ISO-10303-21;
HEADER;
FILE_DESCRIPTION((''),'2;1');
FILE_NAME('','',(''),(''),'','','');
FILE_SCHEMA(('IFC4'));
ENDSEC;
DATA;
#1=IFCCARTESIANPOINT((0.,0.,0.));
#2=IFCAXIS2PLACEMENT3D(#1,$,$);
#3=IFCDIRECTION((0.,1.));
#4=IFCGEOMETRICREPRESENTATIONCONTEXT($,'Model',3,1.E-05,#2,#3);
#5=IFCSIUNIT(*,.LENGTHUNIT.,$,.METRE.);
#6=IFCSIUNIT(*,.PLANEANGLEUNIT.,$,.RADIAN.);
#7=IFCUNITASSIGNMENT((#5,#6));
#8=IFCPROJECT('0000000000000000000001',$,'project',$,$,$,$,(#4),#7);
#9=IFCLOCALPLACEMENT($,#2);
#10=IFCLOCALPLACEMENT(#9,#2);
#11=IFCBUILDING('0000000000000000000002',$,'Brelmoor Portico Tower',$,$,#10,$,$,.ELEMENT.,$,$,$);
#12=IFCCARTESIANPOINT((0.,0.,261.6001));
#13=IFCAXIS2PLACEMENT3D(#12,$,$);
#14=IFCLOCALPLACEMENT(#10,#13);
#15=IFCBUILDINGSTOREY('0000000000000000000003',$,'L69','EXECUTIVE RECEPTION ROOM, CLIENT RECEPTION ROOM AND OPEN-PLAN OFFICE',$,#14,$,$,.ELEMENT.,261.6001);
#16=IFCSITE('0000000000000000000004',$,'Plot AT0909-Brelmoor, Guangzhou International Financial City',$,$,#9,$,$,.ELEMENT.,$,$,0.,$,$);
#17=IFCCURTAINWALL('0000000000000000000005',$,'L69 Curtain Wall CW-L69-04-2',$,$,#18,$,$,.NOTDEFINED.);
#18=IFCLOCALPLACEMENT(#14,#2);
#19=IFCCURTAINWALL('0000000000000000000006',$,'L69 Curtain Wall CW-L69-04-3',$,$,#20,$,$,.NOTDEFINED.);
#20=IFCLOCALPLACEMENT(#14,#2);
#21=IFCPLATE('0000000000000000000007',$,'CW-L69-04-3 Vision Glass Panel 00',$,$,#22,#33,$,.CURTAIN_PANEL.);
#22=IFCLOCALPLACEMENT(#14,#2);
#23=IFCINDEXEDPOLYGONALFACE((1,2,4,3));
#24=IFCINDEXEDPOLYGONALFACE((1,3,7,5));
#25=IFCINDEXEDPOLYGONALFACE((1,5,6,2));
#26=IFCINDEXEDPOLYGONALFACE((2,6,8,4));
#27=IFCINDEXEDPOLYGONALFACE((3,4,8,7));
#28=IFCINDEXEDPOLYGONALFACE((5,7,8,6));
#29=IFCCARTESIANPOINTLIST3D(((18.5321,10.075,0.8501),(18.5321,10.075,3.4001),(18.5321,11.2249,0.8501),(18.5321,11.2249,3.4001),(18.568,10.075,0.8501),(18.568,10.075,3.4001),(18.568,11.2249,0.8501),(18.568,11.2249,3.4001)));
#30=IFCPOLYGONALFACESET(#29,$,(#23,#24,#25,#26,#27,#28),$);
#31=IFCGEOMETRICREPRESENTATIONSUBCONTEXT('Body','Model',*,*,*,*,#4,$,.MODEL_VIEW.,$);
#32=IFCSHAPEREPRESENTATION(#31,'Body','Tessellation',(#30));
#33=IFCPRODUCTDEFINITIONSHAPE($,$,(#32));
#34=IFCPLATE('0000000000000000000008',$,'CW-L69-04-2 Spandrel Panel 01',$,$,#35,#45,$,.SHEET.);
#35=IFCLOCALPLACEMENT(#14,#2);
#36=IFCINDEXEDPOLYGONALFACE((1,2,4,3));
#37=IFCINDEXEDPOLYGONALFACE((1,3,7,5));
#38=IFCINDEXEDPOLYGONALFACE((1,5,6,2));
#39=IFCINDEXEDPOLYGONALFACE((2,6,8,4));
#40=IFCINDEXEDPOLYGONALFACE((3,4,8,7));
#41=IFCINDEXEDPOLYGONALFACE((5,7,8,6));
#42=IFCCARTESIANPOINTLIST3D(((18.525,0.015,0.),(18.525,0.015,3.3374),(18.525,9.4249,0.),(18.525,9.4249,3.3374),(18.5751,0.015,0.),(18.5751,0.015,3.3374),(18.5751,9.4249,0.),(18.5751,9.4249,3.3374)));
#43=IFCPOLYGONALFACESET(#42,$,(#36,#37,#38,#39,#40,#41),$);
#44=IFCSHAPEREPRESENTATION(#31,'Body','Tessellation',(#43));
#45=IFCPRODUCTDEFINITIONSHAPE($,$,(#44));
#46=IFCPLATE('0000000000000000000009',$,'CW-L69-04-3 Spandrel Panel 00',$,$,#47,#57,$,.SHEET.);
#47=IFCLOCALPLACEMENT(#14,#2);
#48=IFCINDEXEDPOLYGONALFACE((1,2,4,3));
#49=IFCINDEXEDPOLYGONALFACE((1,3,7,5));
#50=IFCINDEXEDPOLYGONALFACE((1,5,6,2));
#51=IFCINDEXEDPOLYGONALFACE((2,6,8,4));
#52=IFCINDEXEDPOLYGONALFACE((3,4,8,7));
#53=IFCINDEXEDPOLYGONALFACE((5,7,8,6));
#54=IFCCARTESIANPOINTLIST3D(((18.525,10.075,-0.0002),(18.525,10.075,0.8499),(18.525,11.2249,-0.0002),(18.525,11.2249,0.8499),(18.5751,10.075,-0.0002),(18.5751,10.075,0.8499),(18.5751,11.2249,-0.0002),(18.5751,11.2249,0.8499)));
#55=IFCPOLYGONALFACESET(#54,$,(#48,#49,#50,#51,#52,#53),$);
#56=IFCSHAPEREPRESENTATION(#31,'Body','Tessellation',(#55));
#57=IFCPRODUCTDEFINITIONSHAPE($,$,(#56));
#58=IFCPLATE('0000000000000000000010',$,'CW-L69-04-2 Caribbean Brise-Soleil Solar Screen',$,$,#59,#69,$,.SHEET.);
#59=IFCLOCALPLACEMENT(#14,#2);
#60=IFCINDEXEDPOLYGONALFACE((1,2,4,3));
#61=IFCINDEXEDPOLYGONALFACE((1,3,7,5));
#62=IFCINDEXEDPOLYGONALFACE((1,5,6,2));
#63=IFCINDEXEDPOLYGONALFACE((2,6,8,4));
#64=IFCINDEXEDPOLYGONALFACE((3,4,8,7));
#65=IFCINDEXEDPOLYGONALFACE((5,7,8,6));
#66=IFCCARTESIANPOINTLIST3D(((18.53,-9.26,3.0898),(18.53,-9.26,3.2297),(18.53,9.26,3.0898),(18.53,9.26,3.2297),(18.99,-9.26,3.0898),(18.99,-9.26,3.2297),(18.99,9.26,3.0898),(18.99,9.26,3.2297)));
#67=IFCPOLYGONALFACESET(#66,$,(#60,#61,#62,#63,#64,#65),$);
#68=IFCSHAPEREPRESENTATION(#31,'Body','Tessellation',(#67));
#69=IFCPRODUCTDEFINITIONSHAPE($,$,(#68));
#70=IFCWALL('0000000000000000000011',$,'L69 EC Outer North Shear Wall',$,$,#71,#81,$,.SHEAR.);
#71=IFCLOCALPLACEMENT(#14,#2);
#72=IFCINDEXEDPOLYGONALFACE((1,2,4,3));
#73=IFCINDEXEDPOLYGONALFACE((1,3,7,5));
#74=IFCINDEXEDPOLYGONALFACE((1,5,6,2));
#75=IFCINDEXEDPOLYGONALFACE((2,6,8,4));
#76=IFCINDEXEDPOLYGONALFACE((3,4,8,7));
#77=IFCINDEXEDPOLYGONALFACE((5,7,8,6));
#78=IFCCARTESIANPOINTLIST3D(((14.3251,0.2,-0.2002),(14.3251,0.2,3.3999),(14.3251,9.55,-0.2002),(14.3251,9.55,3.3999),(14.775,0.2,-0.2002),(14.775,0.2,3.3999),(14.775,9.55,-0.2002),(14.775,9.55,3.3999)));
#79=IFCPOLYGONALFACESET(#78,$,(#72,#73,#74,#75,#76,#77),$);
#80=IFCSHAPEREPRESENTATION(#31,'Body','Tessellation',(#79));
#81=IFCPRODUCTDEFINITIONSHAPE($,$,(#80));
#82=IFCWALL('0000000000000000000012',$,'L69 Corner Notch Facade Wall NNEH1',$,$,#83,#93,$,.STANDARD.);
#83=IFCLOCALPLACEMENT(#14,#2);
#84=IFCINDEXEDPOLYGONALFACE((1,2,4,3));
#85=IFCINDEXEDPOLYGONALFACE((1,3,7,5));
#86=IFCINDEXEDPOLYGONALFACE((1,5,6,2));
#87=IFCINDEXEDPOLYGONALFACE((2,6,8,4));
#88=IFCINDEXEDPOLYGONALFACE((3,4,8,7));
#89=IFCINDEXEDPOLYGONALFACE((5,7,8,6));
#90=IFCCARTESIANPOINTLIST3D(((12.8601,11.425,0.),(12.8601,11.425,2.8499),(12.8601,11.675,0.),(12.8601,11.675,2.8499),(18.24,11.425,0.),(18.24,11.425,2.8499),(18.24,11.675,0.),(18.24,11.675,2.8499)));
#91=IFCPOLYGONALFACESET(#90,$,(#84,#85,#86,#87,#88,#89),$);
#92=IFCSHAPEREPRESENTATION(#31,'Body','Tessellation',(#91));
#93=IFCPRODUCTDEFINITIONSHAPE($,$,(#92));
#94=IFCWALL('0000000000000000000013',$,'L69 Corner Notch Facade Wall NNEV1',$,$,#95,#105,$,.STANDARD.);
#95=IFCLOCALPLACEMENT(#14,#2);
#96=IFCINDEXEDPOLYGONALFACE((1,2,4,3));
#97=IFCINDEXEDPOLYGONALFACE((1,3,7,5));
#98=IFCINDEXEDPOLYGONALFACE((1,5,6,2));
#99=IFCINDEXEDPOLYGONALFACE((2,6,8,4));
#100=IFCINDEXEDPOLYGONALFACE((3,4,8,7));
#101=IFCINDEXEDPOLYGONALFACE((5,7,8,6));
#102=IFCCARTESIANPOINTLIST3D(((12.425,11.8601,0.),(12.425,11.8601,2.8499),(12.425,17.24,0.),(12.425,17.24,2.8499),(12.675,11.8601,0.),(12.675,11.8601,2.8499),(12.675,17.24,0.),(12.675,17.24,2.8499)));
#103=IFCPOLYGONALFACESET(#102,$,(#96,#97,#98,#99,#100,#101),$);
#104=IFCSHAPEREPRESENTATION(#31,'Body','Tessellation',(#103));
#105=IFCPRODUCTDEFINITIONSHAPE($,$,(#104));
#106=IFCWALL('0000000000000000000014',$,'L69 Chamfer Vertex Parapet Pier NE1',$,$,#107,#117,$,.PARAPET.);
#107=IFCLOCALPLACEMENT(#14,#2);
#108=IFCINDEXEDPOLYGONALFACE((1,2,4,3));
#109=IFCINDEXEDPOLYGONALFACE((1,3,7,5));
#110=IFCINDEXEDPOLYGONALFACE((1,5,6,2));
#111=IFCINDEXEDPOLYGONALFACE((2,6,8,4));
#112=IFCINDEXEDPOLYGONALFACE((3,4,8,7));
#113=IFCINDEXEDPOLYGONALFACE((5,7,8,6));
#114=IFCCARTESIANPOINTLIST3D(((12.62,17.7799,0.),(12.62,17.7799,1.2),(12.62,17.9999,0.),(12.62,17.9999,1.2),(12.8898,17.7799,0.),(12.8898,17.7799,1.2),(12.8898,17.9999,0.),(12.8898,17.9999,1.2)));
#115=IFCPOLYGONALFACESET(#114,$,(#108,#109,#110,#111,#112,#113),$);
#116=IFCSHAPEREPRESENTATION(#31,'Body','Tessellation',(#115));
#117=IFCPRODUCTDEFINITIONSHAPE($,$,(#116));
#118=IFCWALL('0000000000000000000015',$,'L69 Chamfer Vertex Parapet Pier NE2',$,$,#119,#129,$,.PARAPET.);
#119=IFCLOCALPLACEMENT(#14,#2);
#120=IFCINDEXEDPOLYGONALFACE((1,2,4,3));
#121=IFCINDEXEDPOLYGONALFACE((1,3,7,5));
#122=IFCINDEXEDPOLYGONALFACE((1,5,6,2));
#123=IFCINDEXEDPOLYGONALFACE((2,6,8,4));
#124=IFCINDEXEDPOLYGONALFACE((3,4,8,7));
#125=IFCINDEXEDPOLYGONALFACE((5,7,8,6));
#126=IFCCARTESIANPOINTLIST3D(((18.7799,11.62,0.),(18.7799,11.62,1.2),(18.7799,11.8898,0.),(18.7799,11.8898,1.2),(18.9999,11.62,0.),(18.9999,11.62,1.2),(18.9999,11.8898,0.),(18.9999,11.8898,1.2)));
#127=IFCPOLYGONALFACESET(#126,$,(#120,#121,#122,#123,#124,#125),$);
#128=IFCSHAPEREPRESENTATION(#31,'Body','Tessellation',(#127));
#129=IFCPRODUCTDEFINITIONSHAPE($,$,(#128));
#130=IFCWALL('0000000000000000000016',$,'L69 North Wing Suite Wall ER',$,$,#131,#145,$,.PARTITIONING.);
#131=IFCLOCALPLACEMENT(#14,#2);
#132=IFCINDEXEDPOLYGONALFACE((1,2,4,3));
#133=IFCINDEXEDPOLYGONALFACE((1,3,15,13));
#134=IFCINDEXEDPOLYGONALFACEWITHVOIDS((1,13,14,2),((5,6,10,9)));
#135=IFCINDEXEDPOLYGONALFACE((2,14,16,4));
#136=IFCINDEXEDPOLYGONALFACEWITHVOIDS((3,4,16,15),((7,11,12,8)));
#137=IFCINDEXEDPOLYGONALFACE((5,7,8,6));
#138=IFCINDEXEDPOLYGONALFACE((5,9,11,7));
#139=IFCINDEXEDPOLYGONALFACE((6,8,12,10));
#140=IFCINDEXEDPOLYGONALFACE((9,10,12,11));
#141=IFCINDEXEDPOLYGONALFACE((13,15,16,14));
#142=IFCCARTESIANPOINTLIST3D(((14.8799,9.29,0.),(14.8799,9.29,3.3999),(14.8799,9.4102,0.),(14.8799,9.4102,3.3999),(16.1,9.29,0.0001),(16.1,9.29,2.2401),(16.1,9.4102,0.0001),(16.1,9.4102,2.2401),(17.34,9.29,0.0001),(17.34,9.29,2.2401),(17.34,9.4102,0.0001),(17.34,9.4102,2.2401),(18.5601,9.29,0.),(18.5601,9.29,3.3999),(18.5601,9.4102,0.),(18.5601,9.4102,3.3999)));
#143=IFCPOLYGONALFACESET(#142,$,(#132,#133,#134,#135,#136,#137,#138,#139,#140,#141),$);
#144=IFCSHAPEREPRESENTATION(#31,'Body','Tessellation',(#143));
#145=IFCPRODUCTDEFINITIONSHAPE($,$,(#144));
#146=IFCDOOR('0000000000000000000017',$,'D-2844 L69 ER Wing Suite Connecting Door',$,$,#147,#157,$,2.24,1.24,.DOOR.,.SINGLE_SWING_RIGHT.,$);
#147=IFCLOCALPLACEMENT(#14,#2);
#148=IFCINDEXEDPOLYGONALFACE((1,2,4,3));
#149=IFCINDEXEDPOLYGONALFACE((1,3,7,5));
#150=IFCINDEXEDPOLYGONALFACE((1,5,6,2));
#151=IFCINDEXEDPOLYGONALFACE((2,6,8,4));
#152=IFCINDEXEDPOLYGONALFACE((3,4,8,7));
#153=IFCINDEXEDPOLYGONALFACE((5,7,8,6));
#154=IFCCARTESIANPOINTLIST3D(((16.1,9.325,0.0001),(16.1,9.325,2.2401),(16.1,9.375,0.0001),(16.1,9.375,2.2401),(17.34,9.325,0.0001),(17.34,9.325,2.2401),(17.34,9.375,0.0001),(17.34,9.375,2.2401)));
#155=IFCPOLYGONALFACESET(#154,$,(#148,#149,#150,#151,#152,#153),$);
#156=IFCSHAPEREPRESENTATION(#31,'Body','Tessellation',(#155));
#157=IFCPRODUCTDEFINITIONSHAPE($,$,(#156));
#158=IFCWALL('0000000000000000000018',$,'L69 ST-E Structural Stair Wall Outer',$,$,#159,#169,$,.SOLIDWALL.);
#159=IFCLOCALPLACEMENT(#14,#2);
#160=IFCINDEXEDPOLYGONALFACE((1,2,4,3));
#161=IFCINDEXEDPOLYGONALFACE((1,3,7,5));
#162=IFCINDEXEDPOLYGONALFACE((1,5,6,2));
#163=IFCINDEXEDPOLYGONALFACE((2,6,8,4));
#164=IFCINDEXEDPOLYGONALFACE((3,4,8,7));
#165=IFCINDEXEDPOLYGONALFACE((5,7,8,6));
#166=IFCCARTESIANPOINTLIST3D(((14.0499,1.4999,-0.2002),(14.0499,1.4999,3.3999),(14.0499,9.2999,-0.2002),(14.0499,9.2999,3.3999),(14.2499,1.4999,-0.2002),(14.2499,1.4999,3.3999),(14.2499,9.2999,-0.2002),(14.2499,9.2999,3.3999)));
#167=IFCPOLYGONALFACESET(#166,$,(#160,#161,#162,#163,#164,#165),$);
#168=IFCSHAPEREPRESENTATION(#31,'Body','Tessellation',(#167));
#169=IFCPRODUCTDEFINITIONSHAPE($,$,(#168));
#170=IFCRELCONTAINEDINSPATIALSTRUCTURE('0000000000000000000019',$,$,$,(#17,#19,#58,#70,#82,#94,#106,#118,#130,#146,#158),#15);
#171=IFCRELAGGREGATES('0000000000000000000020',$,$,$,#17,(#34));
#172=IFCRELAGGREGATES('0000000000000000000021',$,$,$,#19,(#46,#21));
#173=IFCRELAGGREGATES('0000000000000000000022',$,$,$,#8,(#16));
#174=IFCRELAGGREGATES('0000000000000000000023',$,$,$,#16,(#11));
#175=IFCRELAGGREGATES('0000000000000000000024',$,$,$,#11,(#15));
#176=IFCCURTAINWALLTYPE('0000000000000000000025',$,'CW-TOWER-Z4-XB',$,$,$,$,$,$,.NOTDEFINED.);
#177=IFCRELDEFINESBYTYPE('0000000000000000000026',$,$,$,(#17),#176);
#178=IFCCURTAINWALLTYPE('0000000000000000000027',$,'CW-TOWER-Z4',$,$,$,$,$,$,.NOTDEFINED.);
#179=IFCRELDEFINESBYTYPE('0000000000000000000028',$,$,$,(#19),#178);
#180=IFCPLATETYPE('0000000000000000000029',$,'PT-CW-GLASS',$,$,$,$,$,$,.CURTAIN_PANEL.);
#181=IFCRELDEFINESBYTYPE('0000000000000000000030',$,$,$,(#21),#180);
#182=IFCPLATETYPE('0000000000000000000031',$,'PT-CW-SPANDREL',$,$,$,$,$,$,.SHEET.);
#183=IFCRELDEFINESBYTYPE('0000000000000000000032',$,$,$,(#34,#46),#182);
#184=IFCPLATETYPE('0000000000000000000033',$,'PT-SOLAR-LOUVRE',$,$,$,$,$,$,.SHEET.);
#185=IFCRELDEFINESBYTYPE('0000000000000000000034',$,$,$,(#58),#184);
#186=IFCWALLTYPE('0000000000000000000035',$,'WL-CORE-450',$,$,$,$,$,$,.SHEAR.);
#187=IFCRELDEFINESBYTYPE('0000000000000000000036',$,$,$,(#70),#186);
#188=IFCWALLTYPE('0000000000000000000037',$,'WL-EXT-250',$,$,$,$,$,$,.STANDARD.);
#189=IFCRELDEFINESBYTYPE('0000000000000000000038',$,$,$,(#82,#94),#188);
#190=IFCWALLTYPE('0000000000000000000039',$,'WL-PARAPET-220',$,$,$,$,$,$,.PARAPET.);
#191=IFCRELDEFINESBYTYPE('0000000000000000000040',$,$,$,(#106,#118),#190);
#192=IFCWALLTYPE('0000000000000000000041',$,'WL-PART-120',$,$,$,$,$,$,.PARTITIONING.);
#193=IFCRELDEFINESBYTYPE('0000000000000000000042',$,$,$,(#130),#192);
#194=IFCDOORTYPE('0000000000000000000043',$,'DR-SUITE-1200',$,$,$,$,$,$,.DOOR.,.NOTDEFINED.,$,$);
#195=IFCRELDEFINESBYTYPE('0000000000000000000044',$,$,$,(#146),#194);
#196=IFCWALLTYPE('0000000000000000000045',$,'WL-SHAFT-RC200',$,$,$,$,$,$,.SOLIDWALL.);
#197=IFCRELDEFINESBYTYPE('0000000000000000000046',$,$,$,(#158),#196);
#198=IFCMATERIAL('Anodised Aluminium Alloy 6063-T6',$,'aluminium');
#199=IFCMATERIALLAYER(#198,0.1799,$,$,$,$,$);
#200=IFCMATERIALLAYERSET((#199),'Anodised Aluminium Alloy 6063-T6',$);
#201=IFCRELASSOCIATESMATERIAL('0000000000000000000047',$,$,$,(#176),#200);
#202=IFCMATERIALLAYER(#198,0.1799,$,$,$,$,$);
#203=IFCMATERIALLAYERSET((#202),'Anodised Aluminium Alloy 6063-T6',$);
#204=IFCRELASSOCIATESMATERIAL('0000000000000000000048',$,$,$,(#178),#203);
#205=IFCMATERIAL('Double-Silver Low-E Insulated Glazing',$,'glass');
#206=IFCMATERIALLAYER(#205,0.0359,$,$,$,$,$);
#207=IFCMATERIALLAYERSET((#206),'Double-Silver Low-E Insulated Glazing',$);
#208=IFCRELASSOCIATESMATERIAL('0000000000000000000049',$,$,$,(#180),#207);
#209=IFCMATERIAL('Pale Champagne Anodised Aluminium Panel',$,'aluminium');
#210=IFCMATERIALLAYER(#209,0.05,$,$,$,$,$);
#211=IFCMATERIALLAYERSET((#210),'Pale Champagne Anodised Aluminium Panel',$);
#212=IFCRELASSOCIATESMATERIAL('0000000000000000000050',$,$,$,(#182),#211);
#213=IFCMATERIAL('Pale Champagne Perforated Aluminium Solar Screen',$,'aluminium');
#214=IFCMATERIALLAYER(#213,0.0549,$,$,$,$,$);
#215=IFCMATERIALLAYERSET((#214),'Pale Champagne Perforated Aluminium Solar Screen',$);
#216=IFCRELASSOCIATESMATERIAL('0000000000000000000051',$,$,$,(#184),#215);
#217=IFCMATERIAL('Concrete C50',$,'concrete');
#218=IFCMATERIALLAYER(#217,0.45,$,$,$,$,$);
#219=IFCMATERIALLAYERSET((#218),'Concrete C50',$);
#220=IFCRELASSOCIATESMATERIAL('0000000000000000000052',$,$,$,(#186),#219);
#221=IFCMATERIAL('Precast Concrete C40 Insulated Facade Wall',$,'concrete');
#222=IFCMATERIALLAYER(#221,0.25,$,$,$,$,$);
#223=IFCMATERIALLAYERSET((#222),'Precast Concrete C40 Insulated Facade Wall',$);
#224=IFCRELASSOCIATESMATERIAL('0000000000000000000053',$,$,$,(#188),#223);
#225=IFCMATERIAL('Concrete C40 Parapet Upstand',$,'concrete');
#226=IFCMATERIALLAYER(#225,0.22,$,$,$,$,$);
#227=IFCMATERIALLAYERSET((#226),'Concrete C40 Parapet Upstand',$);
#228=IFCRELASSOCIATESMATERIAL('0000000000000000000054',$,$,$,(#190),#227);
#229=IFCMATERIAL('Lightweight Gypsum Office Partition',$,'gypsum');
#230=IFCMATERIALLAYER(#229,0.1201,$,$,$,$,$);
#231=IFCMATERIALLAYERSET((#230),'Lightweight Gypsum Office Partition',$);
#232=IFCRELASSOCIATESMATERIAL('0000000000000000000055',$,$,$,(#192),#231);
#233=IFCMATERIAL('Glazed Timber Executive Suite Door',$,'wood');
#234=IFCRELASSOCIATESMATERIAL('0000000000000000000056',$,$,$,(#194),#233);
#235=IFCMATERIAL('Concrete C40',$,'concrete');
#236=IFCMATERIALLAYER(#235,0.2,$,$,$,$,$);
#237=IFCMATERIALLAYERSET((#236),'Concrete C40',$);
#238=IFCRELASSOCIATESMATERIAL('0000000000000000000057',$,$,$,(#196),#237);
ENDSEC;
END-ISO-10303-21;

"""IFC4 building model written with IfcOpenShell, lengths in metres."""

from ifc_helpers import new_model, si_unit, direction, frame, frame_2d, origin, origin_2d, place, context, subcontext, project, spatial, rectangle, extrude, material, layer, layer_set, type_object, element, fill, aggregate, save


model = new_model("IFC4")

# Units and contexts
model_context = context("Model", 3, precision=1e-05, world=origin(), true_north=direction((0.0, 1.0)))
body_context = subcontext(model_context, "Body", "Model", "MODEL_VIEW")
ifc_project = project(units=[si_unit("LENGTHUNIT", "METRE"), si_unit("PLANEANGLEUNIT", "RADIAN")], contexts=[model_context])

# Site, building, storey
site_placement = place(None, origin())
site = spatial("IfcSite", under=ifc_project, at=site_placement, Name="Plot AT0909-Brelmoor, Guangzhou International Financial City", CompositionType="ELEMENT", RefElevation=0.0)
building_placement = place(site_placement, origin())
building = spatial("IfcBuilding", under=site, at=building_placement, Name="Brelmoor Portico Tower", CompositionType="ELEMENT")
storey_placement = place(building_placement, frame((0.0, 0.0, 261.6001)))
storey = spatial("IfcBuildingStorey", under=building, at=storey_placement, Name="L69", Description="EXECUTIVE RECEPTION ROOM, CLIENT RECEPTION ROOM AND OPEN-PLAN OFFICE", CompositionType="ELEMENT", Elevation=261.6001)

# Shared definitions
ifc_material_1 = material(Name="Anodised Aluminium Alloy 6063-T6", Category="aluminium")
ifc_layer_1 = layer(ifc_material_1, 0.1799)
ifc_layer_set_1 = layer_set([ifc_layer_1], Name="Anodised Aluminium Alloy 6063-T6")
curtain_wall_type_1 = type_object("IfcCurtainWallType", Name="CW-TOWER-Z4-XB", PredefinedType="NOTDEFINED", material=ifc_layer_set_1)

# Curtain walls
curtain_wall_1_placement = place(storey_placement, origin())
curtain_wall_1 = element("IfcCurtainWall", 1, at=curtain_wall_1_placement, inside=storey, type_object=curtain_wall_type_1, Name="L69 Curtain Wall CW-L69-04-2", PredefinedType="NOTDEFINED")
ifc_layer_2 = layer(ifc_material_1, 0.1799)
ifc_layer_set_2 = layer_set([ifc_layer_2], Name="Anodised Aluminium Alloy 6063-T6")
curtain_wall_type_2 = type_object("IfcCurtainWallType", Name="CW-TOWER-Z4", PredefinedType="NOTDEFINED", material=ifc_layer_set_2)
curtain_wall_2_placement = place(storey_placement, origin())
curtain_wall_2 = element("IfcCurtainWall", 2, at=curtain_wall_2_placement, inside=storey, type_object=curtain_wall_type_2, Name="L69 Curtain Wall CW-L69-04-3", PredefinedType="NOTDEFINED")

# Plates
ifc_material_2 = material(Name="Double-Silver Low-E Insulated Glazing", Category="glass")
ifc_layer_3 = layer(ifc_material_2, 0.0359)
ifc_layer_set_3 = layer_set([ifc_layer_3], Name="Double-Silver Low-E Insulated Glazing")
plate_type_1 = type_object("IfcPlateType", Name="PT-CW-GLASS", PredefinedType="CURTAIN_PANEL", material=ifc_layer_set_3)
plate_1_placement = place(storey_placement, frame((18.55, 10.6499, 0.8501), z_axis=(0.0, 0.0, 1.0), x_axis=(0.0, 1.0, 0.0)))
plate_1 = element("IfcPlate", 3, at=plate_1_placement, type_object=plate_type_1, Name="CW-L69-04-3 Vision Glass Panel 00", PredefinedType="CURTAIN_PANEL", context=body_context, shape_type="SweptSolid", body=[
    extrude(rectangle(XDim=1.1499, YDim=0.0359, at=origin_2d()), origin(), (0.0, 0.0, 1.0), 2.55),
])
ifc_material_3 = material(Name="Pale Champagne Anodised Aluminium Panel", Category="aluminium")
ifc_layer_4 = layer(ifc_material_3, 0.05)
ifc_layer_set_4 = layer_set([ifc_layer_4], Name="Pale Champagne Anodised Aluminium Panel")
plate_type_2 = type_object("IfcPlateType", Name="PT-CW-SPANDREL", PredefinedType="SHEET", material=ifc_layer_set_4)
plate_2_placement = place(storey_placement, frame((18.55, 4.72, 0.0), z_axis=(0.0, 0.0, 1.0), x_axis=(0.0, 1.0, 0.0)))
plate_2 = element("IfcPlate", 4, at=plate_2_placement, type_object=plate_type_2, Name="CW-L69-04-2 Spandrel Panel 01", PredefinedType="SHEET", context=body_context, shape_type="SweptSolid", body=[
    extrude(rectangle(XDim=9.4099, YDim=0.05, at=origin_2d()), origin(), (0.0, 0.0, 1.0), 3.3374),
])
aggregate(curtain_wall_1, [plate_2])
plate_3_placement = place(storey_placement, frame((18.55, 10.6499, -0.0002), z_axis=(0.0, 0.0, 1.0), x_axis=(0.0, 1.0, 0.0)))
plate_3 = element("IfcPlate", 5, at=plate_3_placement, type_object=plate_type_2, Name="CW-L69-04-3 Spandrel Panel 00", PredefinedType="SHEET", context=body_context, shape_type="SweptSolid", body=[
    extrude(rectangle(XDim=1.1499, YDim=0.05, at=origin_2d()), origin(), (0.0, 0.0, 1.0), 0.8501),
])
aggregate(curtain_wall_2, [plate_3, plate_1])
ifc_material_4 = material(Name="Pale Champagne Perforated Aluminium Solar Screen", Category="aluminium")
ifc_layer_5 = layer(ifc_material_4, 0.0549)
ifc_layer_set_5 = layer_set([ifc_layer_5], Name="Pale Champagne Perforated Aluminium Solar Screen")
plate_type_3 = type_object("IfcPlateType", Name="PT-SOLAR-LOUVRE", PredefinedType="SHEET", material=ifc_layer_set_5)
plate_4_placement = place(storey_placement, frame((18.76, 0.0, 3.0898), z_axis=(0.0, 0.0, 1.0), x_axis=(0.0, 1.0, 0.0)))
element("IfcPlate", 6, at=plate_4_placement, inside=storey, type_object=plate_type_3, Name="CW-L69-04-2 Caribbean Brise-Soleil Solar Screen", PredefinedType="SHEET", context=body_context, shape_type="SweptSolid", body=[
    extrude(rectangle(XDim=18.52, YDim=0.46, at=origin_2d()), origin(), (0.0, 0.0, 1.0), 0.1399),
])

# Walls
ifc_material_5 = material(Name="Concrete C50", Category="concrete")
ifc_layer_6 = layer(ifc_material_5, 0.45)
ifc_layer_set_6 = layer_set([ifc_layer_6], Name="Concrete C50")
wall_type_1 = type_object("IfcWallType", Name="WL-CORE-450", PredefinedType="SHEAR", material=ifc_layer_set_6)
wall_1_placement = place(storey_placement, frame((14.55, 0.2, -0.2002), z_axis=(0.0, 0.0, 1.0), x_axis=(0.0, 1.0, 0.0)))
element("IfcWall", 7, at=wall_1_placement, inside=storey, type_object=wall_type_1, Name="L69 EC Outer North Shear Wall", PredefinedType="SHEAR", context=body_context, shape_type="SweptSolid", body=[
    extrude(rectangle(XDim=9.3501, YDim=0.45, at=frame_2d((4.675, 0.0))), origin(), (0.0, 0.0, 1.0), 3.6001),
])
ifc_material_6 = material(Name="Precast Concrete C40 Insulated Facade Wall", Category="concrete")
ifc_layer_7 = layer(ifc_material_6, 0.25)
ifc_layer_set_7 = layer_set([ifc_layer_7], Name="Precast Concrete C40 Insulated Facade Wall")
wall_type_2 = type_object("IfcWallType", Name="WL-EXT-250", PredefinedType="STANDARD", material=ifc_layer_set_7)
for number, where, z_axis, x_axis, name in (
    (8, (12.8601, 11.55, 0.0), (0.0, 0.0, 1.0), (1.0, 0.0, 0.0), "L69 Corner Notch Facade Wall NNEH1"),
    (9, (12.55, 11.8601, 0.0), (0.0, 0.0, 1.0), (0.0, 1.0, 0.0), "L69 Corner Notch Facade Wall NNEV1"),
):
    element("IfcWall", number, at=place(storey_placement, frame(where, z_axis=z_axis, x_axis=x_axis)), inside=storey, type_object=wall_type_2, Name=name, PredefinedType="STANDARD", context=body_context, shape_type="SweptSolid", body=[
        extrude(rectangle(XDim=5.3799, YDim=0.25, at=frame_2d((2.6899, 0.0))), origin(), (0.0, 0.0, 1.0), 2.8499),
    ])
ifc_material_7 = material(Name="Concrete C40 Parapet Upstand", Category="concrete")
ifc_layer_8 = layer(ifc_material_7, 0.22)
ifc_layer_set_8 = layer_set([ifc_layer_8], Name="Concrete C40 Parapet Upstand")
wall_type_3 = type_object("IfcWallType", Name="WL-PARAPET-220", PredefinedType="PARAPET", material=ifc_layer_set_8)
for number, where, z_axis, x_axis, name in (
    (10, (12.6201, 17.8899, 0.0), (0.0, 0.0, 1.0), (1.0, 0.0, 0.0), "L69 Chamfer Vertex Parapet Pier NE1"),
    (11, (18.8899, 11.6201, 0.0), (0.0, 0.0, 1.0), (0.0, 1.0, 0.0), "L69 Chamfer Vertex Parapet Pier NE2"),
):
    element("IfcWall", number, at=place(storey_placement, frame(where, z_axis=z_axis, x_axis=x_axis)), inside=storey, type_object=wall_type_3, Name=name, PredefinedType="PARAPET", context=body_context, shape_type="SweptSolid", body=[
        extrude(rectangle(XDim=0.2698, YDim=0.22, at=frame_2d((0.1348, 0.0))), origin(), (0.0, 0.0, 1.0), 1.2),
    ])

# Wall, opening, door
ifc_material_8 = material(Name="Lightweight Gypsum Office Partition", Category="gypsum")
ifc_layer_9 = layer(ifc_material_8, 0.1201)
ifc_layer_set_9 = layer_set([ifc_layer_9], Name="Lightweight Gypsum Office Partition")
wall_type_4 = type_object("IfcWallType", Name="WL-PART-120", PredefinedType="PARTITIONING", material=ifc_layer_set_9)
wall_2_placement = place(storey_placement, frame((14.8799, 9.3501, 0.0), z_axis=(0.0, 0.0, 1.0), x_axis=(1.0, 0.0, 0.0)))
wall_2 = element("IfcWall", 12, at=wall_2_placement, inside=storey, type_object=wall_type_4, Name="L69 North Wing Suite Wall ER", PredefinedType="PARTITIONING", context=body_context, shape_type="SweptSolid", body=[
    extrude(rectangle(XDim=3.6802, YDim=0.1201, at=frame_2d((1.8401, 0.0))), origin(), (0.0, 0.0, 1.0), 3.3999),
])
opening_placement = place(wall_2_placement, frame((1.22, 0.0, 0.0)))
opening = element("IfcOpeningElement", 13, at=opening_placement, cuts=wall_2, PredefinedType="OPENING", context=body_context, shape_type="SweptSolid", body=[
    extrude(rectangle(XDim=1.24, YDim=2.24, at=frame_2d((0.6201, 1.1201))), frame((0.0, 0.0701, 0.0), z_axis=(0.0, -1.0, 0.0), x_axis=(1.0, 0.0, 0.0)), (0.0, 0.0, 1.0), 0.1401),
])
ifc_material_9 = material(Name="Glazed Timber Executive Suite Door", Category="wood")
door_type = type_object("IfcDoorType", Name="DR-SUITE-1200", OperationType="NOTDEFINED", PredefinedType="DOOR", material=ifc_material_9)
door_placement = place(opening_placement, origin())
door = element("IfcDoor", 14, at=door_placement, inside=storey, type_object=door_type, Name="D-2844 L69 ER Wing Suite Connecting Door", OperationType="SINGLE_SWING_RIGHT", OverallHeight=2.24, OverallWidth=1.24, PredefinedType="DOOR", context=body_context, shape_type="SweptSolid", body=[
    extrude(rectangle(XDim=1.24, YDim=2.24, at=frame_2d((0.6201, 1.1201))), frame((0.0, 0.0249, 0.0), z_axis=(0.0, -1.0, 0.0), x_axis=(1.0, 0.0, 0.0)), (0.0, 0.0, 1.0), 0.05),
])
fill(opening, door)

# Wall
ifc_material_10 = material(Name="Concrete C40", Category="concrete")
ifc_layer_10 = layer(ifc_material_10, 0.2)
ifc_layer_set_10 = layer_set([ifc_layer_10], Name="Concrete C40")
wall_type_5 = type_object("IfcWallType", Name="WL-SHAFT-RC200", PredefinedType="SOLIDWALL", material=ifc_layer_set_10)
wall_3_placement = place(storey_placement, frame((14.1499, 1.5, -0.2002), z_axis=(0.0, 0.0, 1.0), x_axis=(0.0, 1.0, 0.0)))
element("IfcWall", 15, at=wall_3_placement, inside=storey, type_object=wall_type_5, Name="L69 ST-E Structural Stair Wall Outer", PredefinedType="SOLIDWALL", context=body_context, shape_type="SweptSolid", body=[
    extrude(rectangle(XDim=7.8, YDim=0.2, at=frame_2d((3.8999, 0.0))), origin(), (0.0, 0.0, 1.0), 3.6001),
])

save(model, "model.ifc")
